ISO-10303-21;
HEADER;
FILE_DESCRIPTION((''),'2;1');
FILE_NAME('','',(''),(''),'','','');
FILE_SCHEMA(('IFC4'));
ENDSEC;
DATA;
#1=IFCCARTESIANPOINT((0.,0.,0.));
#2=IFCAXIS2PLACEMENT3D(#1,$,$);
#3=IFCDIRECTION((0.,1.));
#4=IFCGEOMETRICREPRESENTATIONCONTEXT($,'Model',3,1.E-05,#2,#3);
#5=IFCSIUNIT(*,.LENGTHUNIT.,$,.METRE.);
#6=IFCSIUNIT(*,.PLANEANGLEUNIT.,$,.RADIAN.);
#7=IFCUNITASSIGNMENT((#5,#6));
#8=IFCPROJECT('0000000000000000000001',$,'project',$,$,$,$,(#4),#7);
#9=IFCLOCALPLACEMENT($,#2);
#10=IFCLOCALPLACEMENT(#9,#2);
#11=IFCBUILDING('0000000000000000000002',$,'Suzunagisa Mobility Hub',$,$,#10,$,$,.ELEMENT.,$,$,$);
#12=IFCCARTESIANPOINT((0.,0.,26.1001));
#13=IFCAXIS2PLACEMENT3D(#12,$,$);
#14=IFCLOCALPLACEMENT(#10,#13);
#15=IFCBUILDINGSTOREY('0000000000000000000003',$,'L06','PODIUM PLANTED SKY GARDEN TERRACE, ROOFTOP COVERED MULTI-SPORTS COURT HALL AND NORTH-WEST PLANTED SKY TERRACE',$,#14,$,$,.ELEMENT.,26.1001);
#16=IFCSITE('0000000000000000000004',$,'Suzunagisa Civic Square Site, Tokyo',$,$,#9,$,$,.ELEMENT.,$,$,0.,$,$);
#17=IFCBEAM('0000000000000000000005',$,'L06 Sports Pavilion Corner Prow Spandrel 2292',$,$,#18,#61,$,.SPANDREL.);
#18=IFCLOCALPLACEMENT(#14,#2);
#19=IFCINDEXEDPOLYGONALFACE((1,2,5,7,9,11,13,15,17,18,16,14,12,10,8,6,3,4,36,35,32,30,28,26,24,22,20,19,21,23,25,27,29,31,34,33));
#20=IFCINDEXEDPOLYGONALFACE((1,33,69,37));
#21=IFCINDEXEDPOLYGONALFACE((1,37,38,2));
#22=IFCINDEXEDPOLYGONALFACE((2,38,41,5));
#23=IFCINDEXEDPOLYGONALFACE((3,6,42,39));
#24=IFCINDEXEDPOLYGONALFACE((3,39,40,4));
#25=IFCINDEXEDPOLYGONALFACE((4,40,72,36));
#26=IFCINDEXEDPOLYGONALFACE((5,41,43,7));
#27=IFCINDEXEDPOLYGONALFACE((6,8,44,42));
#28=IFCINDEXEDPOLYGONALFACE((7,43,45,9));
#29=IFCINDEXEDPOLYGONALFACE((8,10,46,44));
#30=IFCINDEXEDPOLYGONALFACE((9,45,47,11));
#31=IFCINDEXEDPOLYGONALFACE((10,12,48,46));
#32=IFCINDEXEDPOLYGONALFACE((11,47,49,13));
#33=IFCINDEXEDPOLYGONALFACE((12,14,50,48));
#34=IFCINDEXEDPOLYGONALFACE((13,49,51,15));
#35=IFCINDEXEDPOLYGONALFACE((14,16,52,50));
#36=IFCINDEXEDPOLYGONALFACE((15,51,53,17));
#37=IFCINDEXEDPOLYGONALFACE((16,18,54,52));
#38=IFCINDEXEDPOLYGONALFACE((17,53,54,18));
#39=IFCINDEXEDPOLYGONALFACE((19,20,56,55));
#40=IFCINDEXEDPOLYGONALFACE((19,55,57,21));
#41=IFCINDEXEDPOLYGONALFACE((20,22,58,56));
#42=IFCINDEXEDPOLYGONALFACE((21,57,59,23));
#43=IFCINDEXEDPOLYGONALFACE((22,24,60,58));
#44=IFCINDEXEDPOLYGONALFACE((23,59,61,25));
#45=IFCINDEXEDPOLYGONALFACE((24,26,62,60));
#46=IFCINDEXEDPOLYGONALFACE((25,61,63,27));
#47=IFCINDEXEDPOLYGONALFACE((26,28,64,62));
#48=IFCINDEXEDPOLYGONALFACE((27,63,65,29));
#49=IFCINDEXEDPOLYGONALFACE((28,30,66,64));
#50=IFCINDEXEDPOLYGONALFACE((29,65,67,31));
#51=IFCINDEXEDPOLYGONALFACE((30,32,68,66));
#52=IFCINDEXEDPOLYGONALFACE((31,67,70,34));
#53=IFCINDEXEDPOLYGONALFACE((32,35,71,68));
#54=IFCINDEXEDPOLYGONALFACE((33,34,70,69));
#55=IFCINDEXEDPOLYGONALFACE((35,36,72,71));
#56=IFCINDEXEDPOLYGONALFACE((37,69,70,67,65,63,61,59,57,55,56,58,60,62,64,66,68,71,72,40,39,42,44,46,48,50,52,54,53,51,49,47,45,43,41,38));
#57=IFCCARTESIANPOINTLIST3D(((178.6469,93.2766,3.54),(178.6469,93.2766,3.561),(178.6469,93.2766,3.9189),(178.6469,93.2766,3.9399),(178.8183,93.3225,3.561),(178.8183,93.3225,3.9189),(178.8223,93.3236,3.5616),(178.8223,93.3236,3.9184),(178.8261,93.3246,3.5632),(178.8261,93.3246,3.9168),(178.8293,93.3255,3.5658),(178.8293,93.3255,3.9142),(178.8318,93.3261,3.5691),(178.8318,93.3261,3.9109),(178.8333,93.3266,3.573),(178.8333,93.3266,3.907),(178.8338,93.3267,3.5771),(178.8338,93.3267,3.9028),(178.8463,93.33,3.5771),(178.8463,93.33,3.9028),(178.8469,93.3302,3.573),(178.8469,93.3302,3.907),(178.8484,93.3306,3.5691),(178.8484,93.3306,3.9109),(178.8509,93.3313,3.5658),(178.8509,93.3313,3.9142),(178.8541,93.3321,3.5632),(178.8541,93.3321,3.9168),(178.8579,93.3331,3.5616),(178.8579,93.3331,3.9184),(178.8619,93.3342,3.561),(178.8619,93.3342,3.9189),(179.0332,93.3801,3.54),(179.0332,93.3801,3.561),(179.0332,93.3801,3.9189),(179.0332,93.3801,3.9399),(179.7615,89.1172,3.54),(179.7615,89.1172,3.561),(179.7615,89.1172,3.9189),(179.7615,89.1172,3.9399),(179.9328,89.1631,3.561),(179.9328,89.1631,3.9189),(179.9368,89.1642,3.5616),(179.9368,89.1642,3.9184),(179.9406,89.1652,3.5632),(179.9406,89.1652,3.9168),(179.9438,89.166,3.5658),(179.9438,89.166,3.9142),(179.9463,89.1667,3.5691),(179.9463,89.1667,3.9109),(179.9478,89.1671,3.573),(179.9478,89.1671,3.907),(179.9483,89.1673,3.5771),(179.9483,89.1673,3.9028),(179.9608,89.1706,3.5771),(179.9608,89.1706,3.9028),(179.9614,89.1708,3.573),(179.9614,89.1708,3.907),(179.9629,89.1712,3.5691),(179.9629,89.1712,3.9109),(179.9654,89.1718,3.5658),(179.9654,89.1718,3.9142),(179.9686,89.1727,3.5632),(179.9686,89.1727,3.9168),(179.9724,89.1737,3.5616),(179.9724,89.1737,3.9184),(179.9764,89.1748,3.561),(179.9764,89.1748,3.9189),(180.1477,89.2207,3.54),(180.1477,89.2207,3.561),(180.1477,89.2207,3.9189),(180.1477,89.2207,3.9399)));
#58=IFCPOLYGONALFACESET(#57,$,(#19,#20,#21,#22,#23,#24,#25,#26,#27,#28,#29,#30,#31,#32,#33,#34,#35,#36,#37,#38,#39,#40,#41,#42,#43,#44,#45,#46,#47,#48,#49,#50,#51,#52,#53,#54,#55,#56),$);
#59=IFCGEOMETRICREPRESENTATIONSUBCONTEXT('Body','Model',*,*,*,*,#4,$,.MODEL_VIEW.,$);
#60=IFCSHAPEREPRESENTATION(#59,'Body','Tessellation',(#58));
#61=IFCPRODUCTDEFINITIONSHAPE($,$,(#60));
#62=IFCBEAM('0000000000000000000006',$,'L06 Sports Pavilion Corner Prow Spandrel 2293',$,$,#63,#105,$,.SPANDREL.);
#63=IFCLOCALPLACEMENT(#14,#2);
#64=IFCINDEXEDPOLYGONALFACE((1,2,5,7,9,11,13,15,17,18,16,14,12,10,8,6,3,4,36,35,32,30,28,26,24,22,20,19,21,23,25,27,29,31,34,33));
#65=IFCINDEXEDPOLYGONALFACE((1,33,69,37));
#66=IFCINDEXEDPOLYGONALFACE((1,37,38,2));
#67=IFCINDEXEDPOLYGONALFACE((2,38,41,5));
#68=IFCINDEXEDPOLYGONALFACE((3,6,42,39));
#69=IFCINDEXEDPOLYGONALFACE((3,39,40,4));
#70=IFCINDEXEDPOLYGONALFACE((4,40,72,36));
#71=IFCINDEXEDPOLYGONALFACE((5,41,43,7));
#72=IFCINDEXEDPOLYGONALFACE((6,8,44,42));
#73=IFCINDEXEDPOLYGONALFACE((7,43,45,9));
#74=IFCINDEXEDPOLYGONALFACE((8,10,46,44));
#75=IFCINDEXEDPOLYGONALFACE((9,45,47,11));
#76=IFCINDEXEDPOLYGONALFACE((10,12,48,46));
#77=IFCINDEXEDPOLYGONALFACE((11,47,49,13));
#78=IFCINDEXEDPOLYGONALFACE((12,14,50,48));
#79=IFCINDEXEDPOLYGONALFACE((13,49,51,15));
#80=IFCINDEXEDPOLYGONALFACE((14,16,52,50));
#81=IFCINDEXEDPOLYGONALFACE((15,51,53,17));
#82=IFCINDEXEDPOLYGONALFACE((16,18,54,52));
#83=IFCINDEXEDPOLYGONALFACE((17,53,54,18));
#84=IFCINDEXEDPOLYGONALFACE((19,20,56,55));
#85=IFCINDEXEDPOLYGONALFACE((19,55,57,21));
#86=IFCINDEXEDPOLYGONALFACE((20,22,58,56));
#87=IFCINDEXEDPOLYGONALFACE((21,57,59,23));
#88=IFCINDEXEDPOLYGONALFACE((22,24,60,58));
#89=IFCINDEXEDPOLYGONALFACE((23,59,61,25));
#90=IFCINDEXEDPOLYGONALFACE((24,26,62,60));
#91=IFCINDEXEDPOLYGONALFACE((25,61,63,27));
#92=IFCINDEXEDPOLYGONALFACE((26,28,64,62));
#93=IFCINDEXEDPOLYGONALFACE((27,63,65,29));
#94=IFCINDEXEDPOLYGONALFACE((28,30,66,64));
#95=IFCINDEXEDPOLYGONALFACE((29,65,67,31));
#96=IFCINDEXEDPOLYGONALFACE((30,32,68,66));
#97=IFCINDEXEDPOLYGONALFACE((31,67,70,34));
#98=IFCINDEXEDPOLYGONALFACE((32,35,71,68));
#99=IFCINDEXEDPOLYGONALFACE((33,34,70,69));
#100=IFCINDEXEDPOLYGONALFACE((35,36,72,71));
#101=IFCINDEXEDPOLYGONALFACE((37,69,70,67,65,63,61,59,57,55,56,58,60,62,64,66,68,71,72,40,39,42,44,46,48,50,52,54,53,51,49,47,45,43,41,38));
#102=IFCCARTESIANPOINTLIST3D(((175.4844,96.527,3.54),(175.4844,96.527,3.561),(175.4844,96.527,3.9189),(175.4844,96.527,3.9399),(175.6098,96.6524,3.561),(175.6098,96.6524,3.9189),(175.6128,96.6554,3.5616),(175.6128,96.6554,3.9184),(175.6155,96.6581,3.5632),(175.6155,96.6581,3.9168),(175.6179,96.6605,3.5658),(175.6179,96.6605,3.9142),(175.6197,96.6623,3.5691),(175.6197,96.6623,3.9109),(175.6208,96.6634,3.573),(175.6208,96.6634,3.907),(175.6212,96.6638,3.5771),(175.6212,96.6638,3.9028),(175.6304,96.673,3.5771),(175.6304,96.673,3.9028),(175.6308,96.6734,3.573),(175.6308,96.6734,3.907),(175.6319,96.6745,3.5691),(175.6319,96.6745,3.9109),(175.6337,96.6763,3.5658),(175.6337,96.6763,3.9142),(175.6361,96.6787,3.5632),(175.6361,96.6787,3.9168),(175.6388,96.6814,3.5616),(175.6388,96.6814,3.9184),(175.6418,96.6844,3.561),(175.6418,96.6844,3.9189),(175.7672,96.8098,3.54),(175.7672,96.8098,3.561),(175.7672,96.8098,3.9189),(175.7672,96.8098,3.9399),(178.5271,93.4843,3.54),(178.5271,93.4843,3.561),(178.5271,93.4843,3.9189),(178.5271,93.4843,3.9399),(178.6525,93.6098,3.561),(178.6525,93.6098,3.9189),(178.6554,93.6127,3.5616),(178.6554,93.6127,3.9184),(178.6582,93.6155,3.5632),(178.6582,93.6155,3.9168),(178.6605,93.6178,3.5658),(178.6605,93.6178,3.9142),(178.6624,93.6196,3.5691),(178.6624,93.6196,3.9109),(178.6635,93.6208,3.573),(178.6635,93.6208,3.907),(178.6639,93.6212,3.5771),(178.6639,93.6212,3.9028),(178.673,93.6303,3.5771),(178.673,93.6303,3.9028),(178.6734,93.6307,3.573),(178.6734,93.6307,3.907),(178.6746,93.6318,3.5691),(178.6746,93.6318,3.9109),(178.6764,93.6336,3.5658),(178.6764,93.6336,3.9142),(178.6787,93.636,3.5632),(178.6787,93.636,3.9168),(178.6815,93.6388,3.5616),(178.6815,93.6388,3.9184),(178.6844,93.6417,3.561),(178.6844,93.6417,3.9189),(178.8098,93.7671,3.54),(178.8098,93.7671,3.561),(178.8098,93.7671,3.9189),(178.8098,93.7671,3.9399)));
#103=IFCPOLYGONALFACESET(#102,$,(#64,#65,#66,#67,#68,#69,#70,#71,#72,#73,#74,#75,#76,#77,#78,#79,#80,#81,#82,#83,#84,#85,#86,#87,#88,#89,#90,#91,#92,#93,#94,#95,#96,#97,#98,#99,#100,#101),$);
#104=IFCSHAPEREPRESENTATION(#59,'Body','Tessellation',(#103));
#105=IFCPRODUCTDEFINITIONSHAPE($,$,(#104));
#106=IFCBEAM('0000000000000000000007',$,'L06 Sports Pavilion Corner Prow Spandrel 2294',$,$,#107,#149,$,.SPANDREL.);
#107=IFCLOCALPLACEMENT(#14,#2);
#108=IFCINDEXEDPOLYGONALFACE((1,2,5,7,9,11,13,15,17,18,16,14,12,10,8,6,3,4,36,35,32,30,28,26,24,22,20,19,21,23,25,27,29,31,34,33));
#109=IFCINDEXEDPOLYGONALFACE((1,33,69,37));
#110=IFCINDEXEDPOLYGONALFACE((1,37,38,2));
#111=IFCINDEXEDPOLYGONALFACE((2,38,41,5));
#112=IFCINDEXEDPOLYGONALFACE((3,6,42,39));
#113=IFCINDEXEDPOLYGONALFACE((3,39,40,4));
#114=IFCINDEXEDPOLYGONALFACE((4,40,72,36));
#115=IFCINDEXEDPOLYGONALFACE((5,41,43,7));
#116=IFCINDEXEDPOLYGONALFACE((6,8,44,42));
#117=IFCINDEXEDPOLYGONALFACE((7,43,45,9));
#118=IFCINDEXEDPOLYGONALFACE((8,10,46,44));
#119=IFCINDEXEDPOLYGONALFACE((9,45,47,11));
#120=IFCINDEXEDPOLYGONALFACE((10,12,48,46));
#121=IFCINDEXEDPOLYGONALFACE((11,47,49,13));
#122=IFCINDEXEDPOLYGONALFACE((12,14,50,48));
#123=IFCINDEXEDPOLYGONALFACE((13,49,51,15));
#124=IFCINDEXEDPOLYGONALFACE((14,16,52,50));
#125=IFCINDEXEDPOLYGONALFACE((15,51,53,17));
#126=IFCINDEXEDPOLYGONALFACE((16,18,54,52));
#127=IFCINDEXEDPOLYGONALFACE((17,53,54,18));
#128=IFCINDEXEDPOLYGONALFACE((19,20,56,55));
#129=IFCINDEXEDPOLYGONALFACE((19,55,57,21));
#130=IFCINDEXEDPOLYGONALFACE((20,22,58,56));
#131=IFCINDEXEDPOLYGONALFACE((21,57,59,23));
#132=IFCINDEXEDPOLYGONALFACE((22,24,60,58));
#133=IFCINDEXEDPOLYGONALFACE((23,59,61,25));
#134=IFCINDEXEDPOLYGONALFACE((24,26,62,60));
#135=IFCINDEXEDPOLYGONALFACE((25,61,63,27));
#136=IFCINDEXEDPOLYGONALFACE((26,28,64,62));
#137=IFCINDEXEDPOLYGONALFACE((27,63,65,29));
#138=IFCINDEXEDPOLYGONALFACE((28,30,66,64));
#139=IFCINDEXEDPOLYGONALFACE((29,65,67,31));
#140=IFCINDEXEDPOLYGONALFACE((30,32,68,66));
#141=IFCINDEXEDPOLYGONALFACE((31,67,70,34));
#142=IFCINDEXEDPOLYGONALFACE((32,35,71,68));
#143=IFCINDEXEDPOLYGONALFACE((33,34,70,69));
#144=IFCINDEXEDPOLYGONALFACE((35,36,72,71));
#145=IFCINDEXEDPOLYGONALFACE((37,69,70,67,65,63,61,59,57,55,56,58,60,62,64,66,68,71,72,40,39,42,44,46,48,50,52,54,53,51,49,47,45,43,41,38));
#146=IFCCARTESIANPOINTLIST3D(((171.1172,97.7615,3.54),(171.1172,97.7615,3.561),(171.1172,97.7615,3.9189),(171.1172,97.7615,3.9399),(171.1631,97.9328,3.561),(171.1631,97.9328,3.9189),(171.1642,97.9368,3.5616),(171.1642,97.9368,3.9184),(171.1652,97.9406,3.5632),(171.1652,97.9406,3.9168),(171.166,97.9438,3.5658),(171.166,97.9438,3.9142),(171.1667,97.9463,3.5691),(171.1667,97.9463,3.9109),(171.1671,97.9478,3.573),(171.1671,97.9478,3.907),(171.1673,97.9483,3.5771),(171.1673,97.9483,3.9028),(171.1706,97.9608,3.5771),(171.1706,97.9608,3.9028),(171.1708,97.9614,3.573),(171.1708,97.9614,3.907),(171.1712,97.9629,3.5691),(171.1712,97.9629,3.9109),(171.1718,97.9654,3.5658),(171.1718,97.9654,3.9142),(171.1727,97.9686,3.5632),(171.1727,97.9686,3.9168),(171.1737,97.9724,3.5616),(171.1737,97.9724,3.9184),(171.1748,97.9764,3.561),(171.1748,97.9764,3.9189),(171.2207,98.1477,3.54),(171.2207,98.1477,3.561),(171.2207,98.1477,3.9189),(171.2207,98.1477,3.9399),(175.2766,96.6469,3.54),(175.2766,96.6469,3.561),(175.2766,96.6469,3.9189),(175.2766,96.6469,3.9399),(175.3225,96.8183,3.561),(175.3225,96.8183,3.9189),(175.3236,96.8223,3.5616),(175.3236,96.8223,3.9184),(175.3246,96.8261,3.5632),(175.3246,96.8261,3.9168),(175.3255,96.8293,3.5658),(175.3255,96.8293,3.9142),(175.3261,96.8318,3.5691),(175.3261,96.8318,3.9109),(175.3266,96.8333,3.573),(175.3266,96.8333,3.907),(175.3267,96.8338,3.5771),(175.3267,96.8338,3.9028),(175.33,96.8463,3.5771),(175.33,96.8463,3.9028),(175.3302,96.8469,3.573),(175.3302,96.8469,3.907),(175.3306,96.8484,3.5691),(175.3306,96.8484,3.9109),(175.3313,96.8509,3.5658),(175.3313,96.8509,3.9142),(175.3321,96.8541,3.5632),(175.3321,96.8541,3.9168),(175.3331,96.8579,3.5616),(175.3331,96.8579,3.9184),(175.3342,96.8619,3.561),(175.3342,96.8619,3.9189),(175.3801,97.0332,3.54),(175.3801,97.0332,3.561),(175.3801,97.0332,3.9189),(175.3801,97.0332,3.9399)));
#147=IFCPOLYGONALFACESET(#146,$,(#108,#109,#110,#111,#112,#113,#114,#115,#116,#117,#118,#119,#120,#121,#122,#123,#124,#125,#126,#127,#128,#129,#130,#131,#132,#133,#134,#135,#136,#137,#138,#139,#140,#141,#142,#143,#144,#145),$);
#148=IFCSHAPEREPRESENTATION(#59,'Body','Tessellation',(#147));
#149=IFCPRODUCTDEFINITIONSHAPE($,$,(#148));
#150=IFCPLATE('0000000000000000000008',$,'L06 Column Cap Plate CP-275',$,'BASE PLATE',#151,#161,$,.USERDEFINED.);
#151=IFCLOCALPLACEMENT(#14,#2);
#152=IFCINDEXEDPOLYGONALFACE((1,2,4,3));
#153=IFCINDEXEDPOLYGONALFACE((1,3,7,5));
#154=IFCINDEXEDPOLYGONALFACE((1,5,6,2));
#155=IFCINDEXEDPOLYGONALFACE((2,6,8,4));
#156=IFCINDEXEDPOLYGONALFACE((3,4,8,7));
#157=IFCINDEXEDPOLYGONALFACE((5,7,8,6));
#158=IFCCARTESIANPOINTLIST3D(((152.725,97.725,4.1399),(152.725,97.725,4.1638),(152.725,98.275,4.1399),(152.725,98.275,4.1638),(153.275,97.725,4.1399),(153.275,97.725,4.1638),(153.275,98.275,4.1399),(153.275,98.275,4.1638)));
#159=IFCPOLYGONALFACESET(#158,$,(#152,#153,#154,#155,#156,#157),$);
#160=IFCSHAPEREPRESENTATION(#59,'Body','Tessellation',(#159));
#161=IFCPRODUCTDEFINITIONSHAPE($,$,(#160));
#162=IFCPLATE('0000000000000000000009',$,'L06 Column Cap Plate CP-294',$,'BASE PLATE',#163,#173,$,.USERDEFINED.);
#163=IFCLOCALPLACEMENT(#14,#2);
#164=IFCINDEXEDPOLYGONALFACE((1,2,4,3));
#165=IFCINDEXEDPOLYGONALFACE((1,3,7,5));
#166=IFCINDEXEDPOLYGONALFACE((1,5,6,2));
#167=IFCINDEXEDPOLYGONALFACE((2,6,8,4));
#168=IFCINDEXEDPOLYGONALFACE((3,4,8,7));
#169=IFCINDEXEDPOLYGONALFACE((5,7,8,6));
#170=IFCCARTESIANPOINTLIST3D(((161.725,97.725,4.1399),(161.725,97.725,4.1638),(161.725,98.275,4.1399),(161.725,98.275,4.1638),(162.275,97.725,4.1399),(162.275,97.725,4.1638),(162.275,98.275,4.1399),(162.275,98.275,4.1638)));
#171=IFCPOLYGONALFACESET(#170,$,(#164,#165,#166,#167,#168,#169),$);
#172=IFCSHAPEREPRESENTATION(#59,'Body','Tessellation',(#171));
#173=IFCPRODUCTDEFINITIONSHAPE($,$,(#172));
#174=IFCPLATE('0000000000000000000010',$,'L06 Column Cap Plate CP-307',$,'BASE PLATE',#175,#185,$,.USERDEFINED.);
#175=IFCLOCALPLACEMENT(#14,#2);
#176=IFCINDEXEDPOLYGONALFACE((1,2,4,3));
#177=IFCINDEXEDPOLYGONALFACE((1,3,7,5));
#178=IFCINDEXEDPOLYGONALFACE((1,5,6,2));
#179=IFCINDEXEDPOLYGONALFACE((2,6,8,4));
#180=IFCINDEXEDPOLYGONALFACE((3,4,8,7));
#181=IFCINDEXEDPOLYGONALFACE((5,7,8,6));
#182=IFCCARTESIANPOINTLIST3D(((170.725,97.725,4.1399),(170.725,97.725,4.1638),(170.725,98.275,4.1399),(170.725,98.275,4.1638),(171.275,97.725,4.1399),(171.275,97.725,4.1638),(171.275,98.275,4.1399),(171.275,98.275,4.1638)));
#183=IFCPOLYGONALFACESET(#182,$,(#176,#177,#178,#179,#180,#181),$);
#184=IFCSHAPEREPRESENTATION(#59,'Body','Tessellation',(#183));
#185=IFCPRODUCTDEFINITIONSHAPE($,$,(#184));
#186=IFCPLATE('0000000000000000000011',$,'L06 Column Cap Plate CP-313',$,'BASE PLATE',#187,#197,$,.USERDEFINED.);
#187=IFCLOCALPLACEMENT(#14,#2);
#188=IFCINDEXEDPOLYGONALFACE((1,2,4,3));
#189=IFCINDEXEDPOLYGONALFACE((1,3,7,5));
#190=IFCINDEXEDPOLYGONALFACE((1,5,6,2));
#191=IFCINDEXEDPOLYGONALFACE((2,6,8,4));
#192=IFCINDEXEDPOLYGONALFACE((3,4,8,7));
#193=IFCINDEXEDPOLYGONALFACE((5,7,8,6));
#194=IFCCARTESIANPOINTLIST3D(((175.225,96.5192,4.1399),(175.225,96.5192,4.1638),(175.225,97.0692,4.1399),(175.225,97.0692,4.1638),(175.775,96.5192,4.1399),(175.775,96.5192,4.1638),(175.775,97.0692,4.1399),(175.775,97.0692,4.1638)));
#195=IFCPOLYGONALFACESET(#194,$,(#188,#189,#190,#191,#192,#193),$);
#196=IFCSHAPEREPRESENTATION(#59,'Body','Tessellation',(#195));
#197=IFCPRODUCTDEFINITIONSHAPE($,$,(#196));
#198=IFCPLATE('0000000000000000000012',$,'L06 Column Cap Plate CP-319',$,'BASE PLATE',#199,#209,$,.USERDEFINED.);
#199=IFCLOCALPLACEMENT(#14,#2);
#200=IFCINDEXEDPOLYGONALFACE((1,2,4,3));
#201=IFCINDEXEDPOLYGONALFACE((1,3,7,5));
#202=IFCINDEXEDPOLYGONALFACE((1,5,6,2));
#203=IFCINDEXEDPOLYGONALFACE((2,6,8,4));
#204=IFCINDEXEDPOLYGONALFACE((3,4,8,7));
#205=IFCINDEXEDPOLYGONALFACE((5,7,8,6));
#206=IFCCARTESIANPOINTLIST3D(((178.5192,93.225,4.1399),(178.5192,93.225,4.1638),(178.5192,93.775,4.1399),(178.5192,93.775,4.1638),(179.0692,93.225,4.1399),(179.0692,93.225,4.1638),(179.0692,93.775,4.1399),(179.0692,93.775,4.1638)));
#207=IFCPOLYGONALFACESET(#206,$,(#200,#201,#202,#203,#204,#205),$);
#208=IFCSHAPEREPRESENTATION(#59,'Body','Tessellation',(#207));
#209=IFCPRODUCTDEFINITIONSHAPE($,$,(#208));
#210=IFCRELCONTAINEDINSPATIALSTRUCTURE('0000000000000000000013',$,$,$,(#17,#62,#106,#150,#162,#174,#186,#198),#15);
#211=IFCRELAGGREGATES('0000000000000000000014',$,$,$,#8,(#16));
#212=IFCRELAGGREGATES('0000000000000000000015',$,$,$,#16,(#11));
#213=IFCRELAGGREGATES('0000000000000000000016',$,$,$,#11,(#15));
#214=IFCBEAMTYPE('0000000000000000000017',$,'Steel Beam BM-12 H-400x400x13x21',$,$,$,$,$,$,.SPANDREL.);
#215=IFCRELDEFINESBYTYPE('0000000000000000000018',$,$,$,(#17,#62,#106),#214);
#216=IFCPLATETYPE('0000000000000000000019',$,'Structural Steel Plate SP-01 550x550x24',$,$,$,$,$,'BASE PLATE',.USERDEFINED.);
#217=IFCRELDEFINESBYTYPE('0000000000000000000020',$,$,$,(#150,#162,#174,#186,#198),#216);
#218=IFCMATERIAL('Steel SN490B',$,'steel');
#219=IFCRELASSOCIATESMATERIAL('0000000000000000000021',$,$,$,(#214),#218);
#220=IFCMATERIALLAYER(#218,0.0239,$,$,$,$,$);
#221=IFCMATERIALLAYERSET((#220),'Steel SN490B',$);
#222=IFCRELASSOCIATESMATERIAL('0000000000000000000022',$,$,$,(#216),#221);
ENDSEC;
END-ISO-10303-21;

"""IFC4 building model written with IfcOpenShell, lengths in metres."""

from ifc_helpers import new_model, si_unit, direction, frame, origin, origin_2d, place, context, subcontext, project, spatial, rectangle, i_section, extrude, material, layer, layer_set, material_profile, profile_set, type_object, element, save


model = new_model("IFC4")

# Units and contexts
model_context = context("Model", 3, precision=1e-05, world=origin(), true_north=direction((0.0, 1.0)))
body_context = subcontext(model_context, "Body", "Model", "MODEL_VIEW")
ifc_project = project(units=[si_unit("LENGTHUNIT", "METRE"), si_unit("PLANEANGLEUNIT", "RADIAN")], contexts=[model_context])

# Site, building, storey
site_placement = place(None, origin())
site = spatial("IfcSite", under=ifc_project, at=site_placement, Name="Suzunagisa Civic Square Site, Tokyo", CompositionType="ELEMENT", RefElevation=0.0)
building_placement = place(site_placement, origin())
building = spatial("IfcBuilding", under=site, at=building_placement, Name="Suzunagisa Mobility Hub", CompositionType="ELEMENT")
storey_placement = place(building_placement, frame((0.0, 0.0, 26.1001)))
storey = spatial("IfcBuildingStorey", under=building, at=storey_placement, Name="L06", Description="PODIUM PLANTED SKY GARDEN TERRACE, ROOFTOP COVERED MULTI-SPORTS COURT HALL AND NORTH-WEST PLANTED SKY TERRACE", CompositionType="ELEMENT", Elevation=26.1001)

# Shared definitions
ifc_material_1 = material(Name="Steel SN490B", Category="steel")

# Beams
ifc_material_profile_1 = material_profile(ifc_material_1, i_section(OverallWidth=0.3999, OverallDepth=0.3999, WebThickness=0.0129, FlangeThickness=0.021, FilletRadius=0.0161, at=origin_2d()), Name="H-400x400x13x21")
ifc_profile_set_1 = profile_set([ifc_material_profile_1], Name="Steel SN490B")
beam_type = type_object("IfcBeamType", Name="Steel Beam BM-12 H-400x400x13x21", PredefinedType="SPANDREL", material=ifc_profile_set_1)
beam_1_placement = place(storey_placement, frame((179.9546, 89.1689, 3.74), z_axis=(-0.258816, 0.965927, 0.0), x_axis=(-0.965927, -0.258816, 0.0)))
element("IfcBeam", 1, at=beam_1_placement, inside=storey, type_object=beam_type, Name="L06 Sports Pavilion Corner Prow Spandrel 2292", PredefinedType="SPANDREL", context=body_context, shape_type="SweptSolid", body=[
    extrude(i_section(OverallWidth=0.3999, OverallDepth=0.3999, WebThickness=0.0129, FlangeThickness=0.021, FilletRadius=0.0161, at=origin_2d()), origin(), (0.0, 0.0, 1.0), 4.3062),
])
beam_2_placement = place(storey_placement, frame((178.6685, 93.6257, 3.74), z_axis=(-0.707107, 0.707107, 0.0), x_axis=(-0.707107, -0.707107, 0.0)))
element("IfcBeam", 2, at=beam_2_placement, inside=storey, type_object=beam_type, Name="L06 Sports Pavilion Corner Prow Spandrel 2293", PredefinedType="SPANDREL", context=body_context, shape_type="SweptSolid", body=[
    extrude(i_section(OverallWidth=0.3999, OverallDepth=0.3999, WebThickness=0.0129, FlangeThickness=0.021, FilletRadius=0.0161, at=origin_2d()), origin(), (0.0, 0.0, 1.0), 4.303),
])
beam_3_placement = place(storey_placement, frame((175.3284, 96.8401, 3.74), z_axis=(-0.965927, 0.258816, 0.0), x_axis=(-0.258816, -0.965927, 0.0)))
element("IfcBeam", 3, at=beam_3_placement, inside=storey, type_object=beam_type, Name="L06 Sports Pavilion Corner Prow Spandrel 2294", PredefinedType="SPANDREL", context=body_context, shape_type="SweptSolid", body=[
    extrude(i_section(OverallWidth=0.3999, OverallDepth=0.3999, WebThickness=0.0129, FlangeThickness=0.021, FilletRadius=0.0161, at=origin_2d()), origin(), (0.0, 0.0, 1.0), 4.3062),
])

# Plates
ifc_layer_1 = layer(ifc_material_1, 0.0239)
ifc_layer_set_1 = layer_set([ifc_layer_1], Name="Steel SN490B")
plate_type = type_object("IfcPlateType", Name="Structural Steel Plate SP-01 550x550x24", ElementType="BASE PLATE", PredefinedType="USERDEFINED", material=ifc_layer_set_1)
for number, where, z_axis, x_axis, name in (
    (4, (153.0, 98.0, 4.1399), (0.0, 0.0, 1.0), (1.0, 0.0, 0.0), "L06 Column Cap Plate CP-275"),
    (5, (162.0, 98.0, 4.1399), (0.0, 0.0, 1.0), (1.0, 0.0, 0.0), "L06 Column Cap Plate CP-294"),
    (6, (171.0, 98.0, 4.1399), (0.0, 0.0, 1.0), (1.0, 0.0, 0.0), "L06 Column Cap Plate CP-307"),
    (7, (175.5, 96.7942, 4.1399), (0.0, 0.0, 1.0), (1.0, 0.0, 0.0), "L06 Column Cap Plate CP-313"),
    (8, (178.7942, 93.5, 4.1399), (0.0, 0.0, 1.0), (1.0, 0.0, 0.0), "L06 Column Cap Plate CP-319"),
):
    element("IfcPlate", number, at=place(storey_placement, frame(where, z_axis=z_axis, x_axis=x_axis)), inside=storey, type_object=plate_type, Name=name, ObjectType="BASE PLATE", PredefinedType="USERDEFINED", context=body_context, shape_type="SweptSolid", body=[
        extrude(rectangle(XDim=0.55, YDim=0.55, at=origin_2d()), origin(), (0.0, 0.0, 1.0), 0.0239),
    ])

save(model, "model.ifc")
